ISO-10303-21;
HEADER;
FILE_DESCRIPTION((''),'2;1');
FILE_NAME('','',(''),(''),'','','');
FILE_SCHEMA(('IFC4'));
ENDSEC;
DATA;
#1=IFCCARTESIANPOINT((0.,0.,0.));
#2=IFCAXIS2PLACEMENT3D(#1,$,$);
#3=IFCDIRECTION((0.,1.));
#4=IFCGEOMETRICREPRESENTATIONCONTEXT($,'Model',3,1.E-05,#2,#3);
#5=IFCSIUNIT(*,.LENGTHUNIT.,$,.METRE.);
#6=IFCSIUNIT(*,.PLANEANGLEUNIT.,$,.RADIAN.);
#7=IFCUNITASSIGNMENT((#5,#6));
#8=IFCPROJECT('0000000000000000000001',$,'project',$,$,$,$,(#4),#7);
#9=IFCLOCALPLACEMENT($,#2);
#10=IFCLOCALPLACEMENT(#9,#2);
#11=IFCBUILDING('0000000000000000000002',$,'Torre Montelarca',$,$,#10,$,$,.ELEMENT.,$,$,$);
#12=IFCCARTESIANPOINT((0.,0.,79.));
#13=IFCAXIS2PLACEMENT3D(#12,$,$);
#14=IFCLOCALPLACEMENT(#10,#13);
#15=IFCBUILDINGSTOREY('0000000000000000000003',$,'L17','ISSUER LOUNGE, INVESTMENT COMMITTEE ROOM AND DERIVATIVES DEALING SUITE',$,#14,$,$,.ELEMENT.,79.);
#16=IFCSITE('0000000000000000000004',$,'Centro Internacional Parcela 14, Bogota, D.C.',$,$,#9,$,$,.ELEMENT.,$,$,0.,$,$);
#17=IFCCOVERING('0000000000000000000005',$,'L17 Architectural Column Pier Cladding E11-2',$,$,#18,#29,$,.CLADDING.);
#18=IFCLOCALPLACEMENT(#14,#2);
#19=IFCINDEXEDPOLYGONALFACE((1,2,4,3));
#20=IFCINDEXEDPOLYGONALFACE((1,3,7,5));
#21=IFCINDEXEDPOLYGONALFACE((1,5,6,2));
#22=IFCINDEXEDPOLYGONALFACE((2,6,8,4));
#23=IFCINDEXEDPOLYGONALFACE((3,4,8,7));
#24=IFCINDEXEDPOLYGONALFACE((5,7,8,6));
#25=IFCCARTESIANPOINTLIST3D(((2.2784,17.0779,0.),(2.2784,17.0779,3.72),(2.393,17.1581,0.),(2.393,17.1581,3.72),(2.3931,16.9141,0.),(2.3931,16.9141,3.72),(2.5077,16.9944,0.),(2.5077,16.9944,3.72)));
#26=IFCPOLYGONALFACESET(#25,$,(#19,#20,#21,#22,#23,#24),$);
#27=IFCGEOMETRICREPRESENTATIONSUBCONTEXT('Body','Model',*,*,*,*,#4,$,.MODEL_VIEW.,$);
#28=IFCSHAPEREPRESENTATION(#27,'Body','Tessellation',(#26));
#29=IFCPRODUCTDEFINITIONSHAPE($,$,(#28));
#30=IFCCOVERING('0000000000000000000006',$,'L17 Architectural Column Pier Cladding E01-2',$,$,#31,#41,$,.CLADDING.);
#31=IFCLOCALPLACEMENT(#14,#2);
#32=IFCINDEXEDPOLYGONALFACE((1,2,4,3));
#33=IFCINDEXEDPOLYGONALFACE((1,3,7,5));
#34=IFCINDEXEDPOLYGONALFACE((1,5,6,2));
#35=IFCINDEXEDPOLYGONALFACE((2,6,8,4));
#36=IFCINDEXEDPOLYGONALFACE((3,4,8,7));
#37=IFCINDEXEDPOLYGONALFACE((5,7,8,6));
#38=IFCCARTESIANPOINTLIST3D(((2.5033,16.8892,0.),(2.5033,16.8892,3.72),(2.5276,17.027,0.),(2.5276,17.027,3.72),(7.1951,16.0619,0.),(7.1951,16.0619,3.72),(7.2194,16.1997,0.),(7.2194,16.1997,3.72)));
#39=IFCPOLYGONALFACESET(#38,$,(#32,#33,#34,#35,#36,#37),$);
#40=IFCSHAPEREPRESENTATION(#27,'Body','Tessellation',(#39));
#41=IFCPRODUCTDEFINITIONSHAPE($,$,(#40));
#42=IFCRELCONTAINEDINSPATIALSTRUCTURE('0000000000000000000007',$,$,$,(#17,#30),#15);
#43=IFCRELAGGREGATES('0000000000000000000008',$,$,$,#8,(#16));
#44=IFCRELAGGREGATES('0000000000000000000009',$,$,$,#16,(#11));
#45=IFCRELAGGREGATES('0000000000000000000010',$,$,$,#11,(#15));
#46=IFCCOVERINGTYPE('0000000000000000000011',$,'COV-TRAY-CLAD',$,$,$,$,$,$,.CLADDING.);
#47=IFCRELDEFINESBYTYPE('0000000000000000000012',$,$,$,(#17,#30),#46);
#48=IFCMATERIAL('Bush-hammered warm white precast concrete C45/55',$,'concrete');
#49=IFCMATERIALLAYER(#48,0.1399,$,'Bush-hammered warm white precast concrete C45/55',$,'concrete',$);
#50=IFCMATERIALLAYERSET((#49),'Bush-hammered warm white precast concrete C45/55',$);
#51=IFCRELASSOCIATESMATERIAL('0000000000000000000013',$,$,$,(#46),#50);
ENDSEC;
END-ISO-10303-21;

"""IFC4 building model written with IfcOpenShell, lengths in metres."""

from ifc_helpers import new_model, si_unit, direction, frame, origin, origin_2d, place, context, subcontext, project, spatial, rectangle, extrude, source, transform, mapped, material, layer, layer_set, type_object, element, save


model = new_model("IFC4")

# Units and contexts
model_context = context("Model", 3, precision=1e-05, world=origin(), true_north=direction((0.0, 1.0)))
body_context = subcontext(model_context, "Body", "Model", "MODEL_VIEW")
ifc_project = project(units=[si_unit("LENGTHUNIT", "METRE"), si_unit("PLANEANGLEUNIT", "RADIAN")], contexts=[model_context])

# Site, building, storey
site_placement = place(None, origin())
site = spatial("IfcSite", under=ifc_project, at=site_placement, Name="Centro Internacional Parcela 14, Bogota, D.C.", CompositionType="ELEMENT", RefElevation=0.0)
building_placement = place(site_placement, origin())
building = spatial("IfcBuilding", under=site, at=building_placement, Name="Torre Montelarca", CompositionType="ELEMENT")
storey_placement = place(building_placement, frame((0.0, 0.0, 79.0)))
storey = spatial("IfcBuildingStorey", under=building, at=storey_placement, Name="L17", Description="ISSUER LOUNGE, INVESTMENT COMMITTEE ROOM AND DERIVATIVES DEALING SUITE", CompositionType="ELEMENT", Elevation=79.0)

# Coverings
ifc_material_1 = material(Name="Bush-hammered warm white precast concrete C45/55", Category="concrete")
ifc_layer_1 = layer(ifc_material_1, 0.1399, Name="Bush-hammered warm white precast concrete C45/55", Category="concrete")
ifc_layer_set_1 = layer_set([ifc_layer_1], Name="Bush-hammered warm white precast concrete C45/55")
covering_type_1 = type_object("IfcCoveringType", Name="COV-TRAY-CLAD", PredefinedType="CLADDING", material=ifc_layer_set_1)
shared_shape_1 = source(origin(), body_context, "Body", "SweptSolid", [
    extrude(rectangle(XDim=0.2, YDim=0.1399, at=origin_2d()), origin(), (0.0, 0.0, 1.0), 3.72),
])
for number, where, z_axis, x_axis, name in (
    (1, (2.3931, 17.0361, 0.0), (0.0, 0.0, 1.0), (0.573558, -0.819165, 0.0), "L17 Architectural Column Pier Cladding E11-2"),
):
    element("IfcCovering", number, at=place(storey_placement, frame(where, z_axis=z_axis, x_axis=x_axis)), inside=storey, type_object=covering_type_1, Name=name, PredefinedType="CLADDING", context=body_context, shape_type="MappedRepresentation", body=[
        mapped(shared_shape_1, transform((0.0, 0.0, 0.0), scale=1.0)),
    ])
shared_shape_2 = source(origin(), body_context, "Body", "SweptSolid", [
    extrude(rectangle(XDim=4.7642, YDim=0.1399, at=origin_2d()), origin(), (0.0, 0.0, 1.0), 3.72),
])
covering_1_placement = place(storey_placement, frame((4.8613, 16.5444, 0.0), z_axis=(0.0, 0.0, 1.0), x_axis=(0.984808, -0.173648, 0.0)))
element("IfcCovering", 2, at=covering_1_placement, inside=storey, type_object=covering_type_1, Name="L17 Architectural Column Pier Cladding E01-2", PredefinedType="CLADDING", context=body_context, shape_type="MappedRepresentation", body=[
    mapped(shared_shape_2, transform((0.0, 0.0, 0.0), scale=1.0)),
])

save(model, "model.ifc")
